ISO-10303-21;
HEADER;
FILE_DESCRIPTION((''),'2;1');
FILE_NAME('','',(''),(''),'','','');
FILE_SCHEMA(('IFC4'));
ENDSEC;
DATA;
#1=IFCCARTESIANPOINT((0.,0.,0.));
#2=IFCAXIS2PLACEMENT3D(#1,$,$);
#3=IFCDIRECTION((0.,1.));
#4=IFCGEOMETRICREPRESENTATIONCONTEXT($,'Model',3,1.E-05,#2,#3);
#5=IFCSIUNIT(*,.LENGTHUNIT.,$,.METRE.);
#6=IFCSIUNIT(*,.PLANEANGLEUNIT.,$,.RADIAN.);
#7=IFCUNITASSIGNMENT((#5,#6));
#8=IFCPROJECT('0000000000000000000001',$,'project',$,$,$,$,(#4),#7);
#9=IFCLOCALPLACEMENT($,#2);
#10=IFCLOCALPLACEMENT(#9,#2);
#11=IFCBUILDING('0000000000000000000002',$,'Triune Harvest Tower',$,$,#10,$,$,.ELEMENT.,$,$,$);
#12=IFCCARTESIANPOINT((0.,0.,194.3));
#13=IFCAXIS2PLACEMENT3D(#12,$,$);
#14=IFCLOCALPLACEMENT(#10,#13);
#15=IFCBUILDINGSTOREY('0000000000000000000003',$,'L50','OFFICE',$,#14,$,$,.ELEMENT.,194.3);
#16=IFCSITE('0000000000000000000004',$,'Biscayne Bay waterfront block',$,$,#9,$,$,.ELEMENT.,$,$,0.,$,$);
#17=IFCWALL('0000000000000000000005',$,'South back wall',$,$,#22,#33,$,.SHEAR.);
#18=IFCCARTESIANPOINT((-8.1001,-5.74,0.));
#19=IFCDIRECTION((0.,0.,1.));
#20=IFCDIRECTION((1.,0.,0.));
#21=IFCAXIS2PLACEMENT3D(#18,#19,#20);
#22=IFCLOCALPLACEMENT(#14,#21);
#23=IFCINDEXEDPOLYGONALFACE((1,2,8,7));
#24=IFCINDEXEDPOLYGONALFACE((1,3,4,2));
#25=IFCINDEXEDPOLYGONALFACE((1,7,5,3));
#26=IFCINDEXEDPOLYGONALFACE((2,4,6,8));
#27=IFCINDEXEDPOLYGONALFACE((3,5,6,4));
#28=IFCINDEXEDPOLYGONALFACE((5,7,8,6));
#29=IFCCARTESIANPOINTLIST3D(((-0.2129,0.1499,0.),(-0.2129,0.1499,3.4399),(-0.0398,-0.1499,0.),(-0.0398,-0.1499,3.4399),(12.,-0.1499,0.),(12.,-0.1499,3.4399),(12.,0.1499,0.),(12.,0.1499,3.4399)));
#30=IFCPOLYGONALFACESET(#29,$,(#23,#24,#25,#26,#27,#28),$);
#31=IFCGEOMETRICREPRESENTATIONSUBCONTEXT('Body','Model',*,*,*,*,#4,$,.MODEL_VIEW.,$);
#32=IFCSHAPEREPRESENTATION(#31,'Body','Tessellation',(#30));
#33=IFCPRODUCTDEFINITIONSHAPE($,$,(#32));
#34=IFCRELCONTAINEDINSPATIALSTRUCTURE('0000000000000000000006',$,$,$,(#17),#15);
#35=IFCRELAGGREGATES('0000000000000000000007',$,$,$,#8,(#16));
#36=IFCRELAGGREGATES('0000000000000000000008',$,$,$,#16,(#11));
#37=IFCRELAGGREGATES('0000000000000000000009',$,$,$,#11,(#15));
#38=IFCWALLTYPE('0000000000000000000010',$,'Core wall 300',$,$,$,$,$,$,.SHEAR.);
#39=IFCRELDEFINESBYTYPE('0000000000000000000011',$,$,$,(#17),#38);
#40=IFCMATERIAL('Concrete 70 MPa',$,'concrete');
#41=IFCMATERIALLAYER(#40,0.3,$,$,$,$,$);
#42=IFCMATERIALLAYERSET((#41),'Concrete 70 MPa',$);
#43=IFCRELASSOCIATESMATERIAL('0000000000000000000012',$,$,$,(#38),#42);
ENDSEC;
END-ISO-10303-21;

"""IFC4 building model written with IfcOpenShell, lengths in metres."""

from ifc_helpers import new_model, si_unit, direction, frame, origin, place, context, subcontext, project, spatial, polyline, outline, extrude, source, transform, mapped, material, layer, layer_set, type_object, element, save


model = new_model("IFC4")

# Units and contexts
model_context = context("Model", 3, precision=1e-05, world=origin(), true_north=direction((0.0, 1.0)))
body_context = subcontext(model_context, "Body", "Model", "MODEL_VIEW")
ifc_project = project(units=[si_unit("LENGTHUNIT", "METRE"), si_unit("PLANEANGLEUNIT", "RADIAN")], contexts=[model_context])

# Site, building, storey
site_placement = place(None, origin())
site = spatial("IfcSite", under=ifc_project, at=site_placement, Name="Biscayne Bay waterfront block", CompositionType="ELEMENT", RefElevation=0.0)
building_placement = place(site_placement, origin())
building = spatial("IfcBuilding", under=site, at=building_placement, Name="Triune Harvest Tower", CompositionType="ELEMENT")
storey_placement = place(building_placement, frame((0.0, 0.0, 194.3)))
storey = spatial("IfcBuildingStorey", under=building, at=storey_placement, Name="L50", Description="OFFICE", CompositionType="ELEMENT", Elevation=194.3)

# Shared definitions
ifc_material_1 = material(Name="Concrete 70 MPa", Category="concrete")
ifc_layer_1 = layer(ifc_material_1, 0.3)
ifc_layer_set_1 = layer_set([ifc_layer_1], Name="Concrete 70 MPa")
wall_type_1 = type_object("IfcWallType", Name="Core wall 300", PredefinedType="SHEAR", material=ifc_layer_set_1)

# Wall
shared_shape_1 = source(origin(), body_context, "Body", "SweptSolid", [
    extrude(outline(polyline([(12.0, -0.1499), (-0.0398, -0.1499), (-0.2129, 0.1499), (12.0, 0.1499), (12.0, -0.1499)])), origin(), (0.0, 0.0, 1.0), 3.4399),
])
wall_1_placement = place(storey_placement, frame((-8.1001, -5.74, 0.0), z_axis=(0.0, 0.0, 1.0), x_axis=(1.0, 0.0, 0.0)))
element("IfcWall", 1, at=wall_1_placement, inside=storey, type_object=wall_type_1, Name="South back wall", PredefinedType="SHEAR", context=body_context, shape_type="MappedRepresentation", body=[
    mapped(shared_shape_1, transform((0.0, 0.0, 0.0), scale=1.0)),
])

save(model, "model.ifc")
